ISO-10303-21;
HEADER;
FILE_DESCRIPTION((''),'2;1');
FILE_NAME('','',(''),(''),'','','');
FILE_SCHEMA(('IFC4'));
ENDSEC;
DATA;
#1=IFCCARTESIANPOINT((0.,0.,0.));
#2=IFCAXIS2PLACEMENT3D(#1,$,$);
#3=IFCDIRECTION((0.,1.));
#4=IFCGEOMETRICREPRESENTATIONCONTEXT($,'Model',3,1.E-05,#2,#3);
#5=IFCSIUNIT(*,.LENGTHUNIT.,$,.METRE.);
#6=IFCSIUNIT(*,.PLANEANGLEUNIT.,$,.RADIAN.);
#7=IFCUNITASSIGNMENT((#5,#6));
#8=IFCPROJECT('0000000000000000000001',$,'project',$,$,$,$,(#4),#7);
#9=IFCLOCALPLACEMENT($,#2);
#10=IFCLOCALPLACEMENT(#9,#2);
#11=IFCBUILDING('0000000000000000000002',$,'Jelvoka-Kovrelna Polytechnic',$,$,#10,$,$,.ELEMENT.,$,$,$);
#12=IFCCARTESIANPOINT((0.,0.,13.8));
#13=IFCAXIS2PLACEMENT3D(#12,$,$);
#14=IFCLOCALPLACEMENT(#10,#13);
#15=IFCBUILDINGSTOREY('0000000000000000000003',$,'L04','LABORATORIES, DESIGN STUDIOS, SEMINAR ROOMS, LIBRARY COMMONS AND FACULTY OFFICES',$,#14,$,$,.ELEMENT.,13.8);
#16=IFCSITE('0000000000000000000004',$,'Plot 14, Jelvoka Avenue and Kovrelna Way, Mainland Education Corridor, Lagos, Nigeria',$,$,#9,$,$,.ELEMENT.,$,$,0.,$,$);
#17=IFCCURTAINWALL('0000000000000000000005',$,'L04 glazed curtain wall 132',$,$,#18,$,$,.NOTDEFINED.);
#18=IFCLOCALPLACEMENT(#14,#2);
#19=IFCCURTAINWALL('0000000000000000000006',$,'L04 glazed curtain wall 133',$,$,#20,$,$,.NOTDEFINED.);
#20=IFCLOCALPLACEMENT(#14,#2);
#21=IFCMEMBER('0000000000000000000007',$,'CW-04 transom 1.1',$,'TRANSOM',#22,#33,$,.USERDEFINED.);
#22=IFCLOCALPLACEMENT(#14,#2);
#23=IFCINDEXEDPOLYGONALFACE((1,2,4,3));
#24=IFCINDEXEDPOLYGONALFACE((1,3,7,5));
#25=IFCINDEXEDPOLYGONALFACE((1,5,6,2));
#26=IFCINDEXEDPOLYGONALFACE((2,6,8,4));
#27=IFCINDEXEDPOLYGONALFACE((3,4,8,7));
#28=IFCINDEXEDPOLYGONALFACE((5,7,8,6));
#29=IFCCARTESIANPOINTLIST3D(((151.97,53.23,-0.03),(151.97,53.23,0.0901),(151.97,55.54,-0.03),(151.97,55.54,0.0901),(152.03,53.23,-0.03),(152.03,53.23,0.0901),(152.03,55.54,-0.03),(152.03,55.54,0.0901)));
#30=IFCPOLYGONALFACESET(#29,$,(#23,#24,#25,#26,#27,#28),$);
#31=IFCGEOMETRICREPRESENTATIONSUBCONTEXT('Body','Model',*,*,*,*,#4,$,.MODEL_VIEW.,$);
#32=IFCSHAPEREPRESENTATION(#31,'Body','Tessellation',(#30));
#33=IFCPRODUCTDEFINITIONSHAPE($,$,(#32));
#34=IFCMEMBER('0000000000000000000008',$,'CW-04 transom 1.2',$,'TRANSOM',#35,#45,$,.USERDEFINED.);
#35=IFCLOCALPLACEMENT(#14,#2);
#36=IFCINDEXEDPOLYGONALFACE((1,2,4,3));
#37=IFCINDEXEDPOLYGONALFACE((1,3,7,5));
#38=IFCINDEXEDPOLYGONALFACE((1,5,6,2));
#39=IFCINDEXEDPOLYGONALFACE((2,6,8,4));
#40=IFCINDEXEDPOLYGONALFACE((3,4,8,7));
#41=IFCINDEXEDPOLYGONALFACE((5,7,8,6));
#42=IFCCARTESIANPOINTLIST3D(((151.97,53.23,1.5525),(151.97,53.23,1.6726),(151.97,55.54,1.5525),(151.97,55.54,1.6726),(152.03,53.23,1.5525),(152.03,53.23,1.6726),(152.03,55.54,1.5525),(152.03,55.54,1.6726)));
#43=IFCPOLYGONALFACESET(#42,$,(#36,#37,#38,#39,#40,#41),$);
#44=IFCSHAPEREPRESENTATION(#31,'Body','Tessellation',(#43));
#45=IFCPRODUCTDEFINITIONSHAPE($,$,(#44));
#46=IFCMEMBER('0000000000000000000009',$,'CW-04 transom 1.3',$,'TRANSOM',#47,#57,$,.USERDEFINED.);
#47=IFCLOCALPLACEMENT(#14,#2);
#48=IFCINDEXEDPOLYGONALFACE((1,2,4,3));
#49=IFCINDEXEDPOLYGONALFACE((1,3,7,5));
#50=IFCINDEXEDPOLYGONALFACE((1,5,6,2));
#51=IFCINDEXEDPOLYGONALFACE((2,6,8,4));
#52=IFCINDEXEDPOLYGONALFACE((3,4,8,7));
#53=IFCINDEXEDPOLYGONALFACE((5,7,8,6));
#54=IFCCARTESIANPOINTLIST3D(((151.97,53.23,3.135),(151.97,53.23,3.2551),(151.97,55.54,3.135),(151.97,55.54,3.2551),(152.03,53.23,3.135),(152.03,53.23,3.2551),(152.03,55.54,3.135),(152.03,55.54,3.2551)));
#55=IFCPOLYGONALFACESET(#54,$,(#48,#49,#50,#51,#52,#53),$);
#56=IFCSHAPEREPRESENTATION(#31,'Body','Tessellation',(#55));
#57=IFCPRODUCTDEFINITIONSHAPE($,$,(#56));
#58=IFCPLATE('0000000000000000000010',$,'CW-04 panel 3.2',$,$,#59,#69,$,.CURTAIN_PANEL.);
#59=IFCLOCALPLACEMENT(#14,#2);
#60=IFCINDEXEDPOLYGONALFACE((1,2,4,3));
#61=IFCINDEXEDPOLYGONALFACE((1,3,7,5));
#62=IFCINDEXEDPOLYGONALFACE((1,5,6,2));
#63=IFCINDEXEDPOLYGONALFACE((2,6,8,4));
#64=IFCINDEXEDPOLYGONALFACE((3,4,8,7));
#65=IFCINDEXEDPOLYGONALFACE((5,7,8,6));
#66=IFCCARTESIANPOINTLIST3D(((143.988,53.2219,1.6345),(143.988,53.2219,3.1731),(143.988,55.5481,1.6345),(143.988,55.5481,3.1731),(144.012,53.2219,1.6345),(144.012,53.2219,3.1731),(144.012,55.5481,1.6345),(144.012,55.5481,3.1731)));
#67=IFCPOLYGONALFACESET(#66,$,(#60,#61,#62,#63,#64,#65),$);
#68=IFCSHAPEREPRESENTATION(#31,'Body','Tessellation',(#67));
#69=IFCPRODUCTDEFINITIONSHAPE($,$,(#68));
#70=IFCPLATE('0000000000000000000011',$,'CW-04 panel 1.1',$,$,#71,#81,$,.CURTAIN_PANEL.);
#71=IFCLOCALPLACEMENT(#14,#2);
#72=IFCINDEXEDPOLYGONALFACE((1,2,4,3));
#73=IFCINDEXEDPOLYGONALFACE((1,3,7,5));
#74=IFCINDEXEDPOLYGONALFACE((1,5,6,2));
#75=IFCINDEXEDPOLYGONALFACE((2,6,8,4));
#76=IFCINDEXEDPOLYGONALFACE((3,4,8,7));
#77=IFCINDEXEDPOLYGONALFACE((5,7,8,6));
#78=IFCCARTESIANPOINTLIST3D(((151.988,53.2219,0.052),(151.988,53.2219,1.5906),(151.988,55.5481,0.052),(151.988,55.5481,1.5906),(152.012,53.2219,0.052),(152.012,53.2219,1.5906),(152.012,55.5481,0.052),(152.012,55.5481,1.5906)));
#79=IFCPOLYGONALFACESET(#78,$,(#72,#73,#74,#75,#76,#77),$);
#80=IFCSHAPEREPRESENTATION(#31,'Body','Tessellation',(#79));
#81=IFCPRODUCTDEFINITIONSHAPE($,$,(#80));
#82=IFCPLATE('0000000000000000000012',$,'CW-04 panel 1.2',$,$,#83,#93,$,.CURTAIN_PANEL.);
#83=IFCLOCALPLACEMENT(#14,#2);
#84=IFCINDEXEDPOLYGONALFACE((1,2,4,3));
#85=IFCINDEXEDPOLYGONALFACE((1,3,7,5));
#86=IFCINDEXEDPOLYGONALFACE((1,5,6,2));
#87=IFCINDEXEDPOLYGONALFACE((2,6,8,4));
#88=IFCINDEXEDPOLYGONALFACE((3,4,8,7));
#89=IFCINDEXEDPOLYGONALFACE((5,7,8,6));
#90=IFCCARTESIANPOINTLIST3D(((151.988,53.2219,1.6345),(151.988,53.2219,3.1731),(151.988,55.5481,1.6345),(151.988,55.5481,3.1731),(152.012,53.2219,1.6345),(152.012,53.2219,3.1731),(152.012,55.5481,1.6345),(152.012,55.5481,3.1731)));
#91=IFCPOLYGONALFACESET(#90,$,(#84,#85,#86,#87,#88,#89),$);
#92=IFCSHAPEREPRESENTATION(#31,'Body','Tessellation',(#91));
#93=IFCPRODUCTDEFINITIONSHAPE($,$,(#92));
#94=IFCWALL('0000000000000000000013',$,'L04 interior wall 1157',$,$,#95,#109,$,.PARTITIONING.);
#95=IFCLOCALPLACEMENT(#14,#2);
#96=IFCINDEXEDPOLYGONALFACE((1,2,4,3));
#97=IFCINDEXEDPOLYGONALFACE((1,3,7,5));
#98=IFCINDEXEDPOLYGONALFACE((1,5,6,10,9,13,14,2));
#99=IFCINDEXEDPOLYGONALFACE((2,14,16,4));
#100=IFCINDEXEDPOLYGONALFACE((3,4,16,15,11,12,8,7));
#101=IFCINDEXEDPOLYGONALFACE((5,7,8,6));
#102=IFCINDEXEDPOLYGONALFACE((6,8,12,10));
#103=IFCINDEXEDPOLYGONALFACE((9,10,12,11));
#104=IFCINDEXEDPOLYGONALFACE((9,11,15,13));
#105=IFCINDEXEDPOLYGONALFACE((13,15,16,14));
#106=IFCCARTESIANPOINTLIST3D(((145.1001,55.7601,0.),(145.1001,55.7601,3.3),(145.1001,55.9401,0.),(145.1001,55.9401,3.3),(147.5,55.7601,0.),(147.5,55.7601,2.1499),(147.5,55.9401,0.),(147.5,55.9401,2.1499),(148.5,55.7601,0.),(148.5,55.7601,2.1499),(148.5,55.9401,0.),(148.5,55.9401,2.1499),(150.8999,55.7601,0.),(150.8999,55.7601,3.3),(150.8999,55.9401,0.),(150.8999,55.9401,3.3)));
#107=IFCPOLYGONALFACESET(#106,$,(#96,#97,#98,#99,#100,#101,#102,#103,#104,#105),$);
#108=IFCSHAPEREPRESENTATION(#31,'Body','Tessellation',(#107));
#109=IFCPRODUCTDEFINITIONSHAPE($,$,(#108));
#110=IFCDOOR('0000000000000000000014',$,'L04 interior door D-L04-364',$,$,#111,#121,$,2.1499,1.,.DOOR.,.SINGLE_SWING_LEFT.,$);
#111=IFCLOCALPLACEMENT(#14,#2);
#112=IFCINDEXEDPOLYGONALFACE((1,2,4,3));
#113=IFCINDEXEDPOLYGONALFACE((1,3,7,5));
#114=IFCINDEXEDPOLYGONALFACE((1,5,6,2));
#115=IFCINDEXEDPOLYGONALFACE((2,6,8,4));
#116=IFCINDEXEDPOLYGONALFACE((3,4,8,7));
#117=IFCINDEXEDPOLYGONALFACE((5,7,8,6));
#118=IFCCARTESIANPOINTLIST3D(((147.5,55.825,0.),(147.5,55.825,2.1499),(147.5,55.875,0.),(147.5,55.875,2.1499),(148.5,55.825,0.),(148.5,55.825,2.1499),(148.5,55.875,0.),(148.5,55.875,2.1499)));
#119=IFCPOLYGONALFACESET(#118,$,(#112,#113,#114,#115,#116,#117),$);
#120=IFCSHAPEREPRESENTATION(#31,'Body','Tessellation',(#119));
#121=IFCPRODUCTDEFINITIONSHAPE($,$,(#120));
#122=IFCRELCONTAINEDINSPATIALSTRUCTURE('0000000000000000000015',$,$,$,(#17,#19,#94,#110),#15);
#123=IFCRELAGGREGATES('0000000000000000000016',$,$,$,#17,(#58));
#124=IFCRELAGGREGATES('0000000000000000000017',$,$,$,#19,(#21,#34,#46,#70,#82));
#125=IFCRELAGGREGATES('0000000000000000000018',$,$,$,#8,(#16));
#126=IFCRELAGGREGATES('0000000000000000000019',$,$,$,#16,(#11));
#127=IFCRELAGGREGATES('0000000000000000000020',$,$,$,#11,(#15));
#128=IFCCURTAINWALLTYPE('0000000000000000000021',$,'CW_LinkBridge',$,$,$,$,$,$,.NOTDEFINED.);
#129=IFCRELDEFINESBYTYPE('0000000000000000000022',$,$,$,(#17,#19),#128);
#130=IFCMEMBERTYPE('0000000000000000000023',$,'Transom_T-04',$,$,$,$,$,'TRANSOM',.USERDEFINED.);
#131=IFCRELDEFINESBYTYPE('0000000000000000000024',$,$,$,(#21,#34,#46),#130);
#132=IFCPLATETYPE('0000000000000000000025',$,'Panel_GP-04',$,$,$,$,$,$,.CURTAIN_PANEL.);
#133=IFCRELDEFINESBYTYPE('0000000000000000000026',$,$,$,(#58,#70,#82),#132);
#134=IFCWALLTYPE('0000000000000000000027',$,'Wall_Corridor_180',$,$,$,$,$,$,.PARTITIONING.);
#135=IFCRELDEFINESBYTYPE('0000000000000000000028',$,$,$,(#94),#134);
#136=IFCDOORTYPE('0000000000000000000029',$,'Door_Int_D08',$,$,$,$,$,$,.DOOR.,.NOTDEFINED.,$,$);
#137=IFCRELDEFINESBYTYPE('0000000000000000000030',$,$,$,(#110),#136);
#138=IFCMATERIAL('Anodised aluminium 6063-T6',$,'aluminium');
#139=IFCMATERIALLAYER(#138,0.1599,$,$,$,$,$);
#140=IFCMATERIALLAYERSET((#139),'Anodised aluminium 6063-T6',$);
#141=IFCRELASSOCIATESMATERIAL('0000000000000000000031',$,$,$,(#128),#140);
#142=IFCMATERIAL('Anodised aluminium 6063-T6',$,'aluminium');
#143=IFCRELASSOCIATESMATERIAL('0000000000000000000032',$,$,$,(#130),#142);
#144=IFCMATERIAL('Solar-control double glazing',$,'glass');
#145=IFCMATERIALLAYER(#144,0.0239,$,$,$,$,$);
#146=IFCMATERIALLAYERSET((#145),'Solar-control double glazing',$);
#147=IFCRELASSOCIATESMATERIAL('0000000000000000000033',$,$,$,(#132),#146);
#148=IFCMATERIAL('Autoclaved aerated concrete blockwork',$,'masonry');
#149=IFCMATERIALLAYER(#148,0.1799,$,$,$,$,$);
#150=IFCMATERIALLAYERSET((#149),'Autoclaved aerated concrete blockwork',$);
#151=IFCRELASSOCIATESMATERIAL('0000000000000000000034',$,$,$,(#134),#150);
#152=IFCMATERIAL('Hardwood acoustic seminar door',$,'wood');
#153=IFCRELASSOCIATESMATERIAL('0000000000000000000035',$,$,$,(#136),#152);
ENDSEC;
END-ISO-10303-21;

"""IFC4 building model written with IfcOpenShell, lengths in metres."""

from ifc_helpers import new_model, si_unit, direction, frame, frame_2d, origin, origin_2d, place, context, subcontext, project, spatial, rectangle, extrude, material, layer, layer_set, material_profile, profile_set, type_object, element, fill, aggregate, save


model = new_model("IFC4")

# Units and contexts
model_context = context("Model", 3, precision=1e-05, world=origin(), true_north=direction((0.0, 1.0)))
body_context = subcontext(model_context, "Body", "Model", "MODEL_VIEW")
ifc_project = project(units=[si_unit("LENGTHUNIT", "METRE"), si_unit("PLANEANGLEUNIT", "RADIAN")], contexts=[model_context])

# Site, building, storey
site_placement = place(None, origin())
site = spatial("IfcSite", under=ifc_project, at=site_placement, Name="Plot 14, Jelvoka Avenue and Kovrelna Way, Mainland Education Corridor, Lagos, Nigeria", CompositionType="ELEMENT", RefElevation=0.0)
building_placement = place(site_placement, origin())
building = spatial("IfcBuilding", under=site, at=building_placement, Name="Jelvoka-Kovrelna Polytechnic", CompositionType="ELEMENT")
storey_placement = place(building_placement, frame((0.0, 0.0, 13.8)))
storey = spatial("IfcBuildingStorey", under=building, at=storey_placement, Name="L04", Description="LABORATORIES, DESIGN STUDIOS, SEMINAR ROOMS, LIBRARY COMMONS AND FACULTY OFFICES", CompositionType="ELEMENT", Elevation=13.8)

# Curtain wall
ifc_material_1 = material(Name="Anodised aluminium 6063-T6", Category="aluminium")
ifc_layer_1 = layer(ifc_material_1, 0.1599)
ifc_layer_set_1 = layer_set([ifc_layer_1], Name="Anodised aluminium 6063-T6")
curtain_wall_type = type_object("IfcCurtainWallType", Name="CW_LinkBridge", PredefinedType="NOTDEFINED", material=ifc_layer_set_1)
curtain_wall_1_placement = place(storey_placement, origin())
curtain_wall_1 = element("IfcCurtainWall", 1, at=curtain_wall_1_placement, inside=storey, type_object=curtain_wall_type, Name="L04 glazed curtain wall 132", PredefinedType="NOTDEFINED")

# Curtain wall
curtain_wall_2_placement = place(storey_placement, origin())
curtain_wall_2 = element("IfcCurtainWall", 2, at=curtain_wall_2_placement, inside=storey, type_object=curtain_wall_type, Name="L04 glazed curtain wall 133", PredefinedType="NOTDEFINED")

# Members
ifc_material_2 = material(Name="Anodised aluminium 6063-T6", Category="aluminium")
ifc_material_profile_1 = material_profile(ifc_material_2, rectangle(XDim=0.0601, YDim=0.1201, at=origin_2d()), Name="ALU 60x120")
ifc_profile_set_1 = profile_set([ifc_material_profile_1], Name="Anodised aluminium 6063-T6")
member_type_1 = type_object("IfcMemberType", Name="Transom_T-04", ElementType="TRANSOM", PredefinedType="USERDEFINED", material=ifc_profile_set_1)
member_1_placement = place(storey_placement, frame((152.0, 55.54, 0.03), z_axis=(0.0, -1.0, 0.0), x_axis=(1.0, 0.0, 0.0)))
member_1 = element("IfcMember", 3, at=member_1_placement, type_object=member_type_1, Name="CW-04 transom 1.1", ObjectType="TRANSOM", PredefinedType="USERDEFINED", context=body_context, shape_type="SweptSolid", body=[
    extrude(rectangle(XDim=0.0601, YDim=0.1201, at=origin_2d()), origin(), (0.0, 0.0, 1.0), 2.3101),
])
member_2_placement = place(storey_placement, frame((152.0, 55.54, 1.6125), z_axis=(0.0, -1.0, 0.0), x_axis=(1.0, 0.0, 0.0)))
member_2 = element("IfcMember", 4, at=member_2_placement, type_object=member_type_1, Name="CW-04 transom 1.2", ObjectType="TRANSOM", PredefinedType="USERDEFINED", context=body_context, shape_type="SweptSolid", body=[
    extrude(rectangle(XDim=0.0601, YDim=0.1201, at=origin_2d()), origin(), (0.0, 0.0, 1.0), 2.3101),
])
member_3_placement = place(storey_placement, frame((152.0, 55.54, 3.1951), z_axis=(0.0, -1.0, 0.0), x_axis=(1.0, 0.0, 0.0)))
member_3 = element("IfcMember", 5, at=member_3_placement, type_object=member_type_1, Name="CW-04 transom 1.3", ObjectType="TRANSOM", PredefinedType="USERDEFINED", context=body_context, shape_type="SweptSolid", body=[
    extrude(rectangle(XDim=0.0601, YDim=0.1201, at=origin_2d()), origin(), (0.0, 0.0, 1.0), 2.3101),
])

# Plates
ifc_material_3 = material(Name="Solar-control double glazing", Category="glass")
ifc_layer_2 = layer(ifc_material_3, 0.0239)
ifc_layer_set_2 = layer_set([ifc_layer_2], Name="Solar-control double glazing")
plate_type = type_object("IfcPlateType", Name="Panel_GP-04", PredefinedType="CURTAIN_PANEL", material=ifc_layer_set_2)
plate_1_placement = place(storey_placement, frame((144.0, 54.385, 1.6345), z_axis=(0.0, 0.0, 1.0), x_axis=(0.0, 1.0, 0.0)))
plate_1 = element("IfcPlate", 6, at=plate_1_placement, type_object=plate_type, Name="CW-04 panel 3.2", PredefinedType="CURTAIN_PANEL", context=body_context, shape_type="SweptSolid", body=[
    extrude(rectangle(XDim=2.3262, YDim=0.0239, at=origin_2d()), origin(), (0.0, 0.0, 1.0), 1.5386),
])
aggregate(curtain_wall_1, [plate_1])
plate_2_placement = place(storey_placement, frame((152.0, 54.385, 0.052), z_axis=(0.0, 0.0, 1.0), x_axis=(0.0, -1.0, 0.0)))
plate_2 = element("IfcPlate", 7, at=plate_2_placement, type_object=plate_type, Name="CW-04 panel 1.1", PredefinedType="CURTAIN_PANEL", context=body_context, shape_type="SweptSolid", body=[
    extrude(rectangle(XDim=2.3262, YDim=0.0239, at=origin_2d()), origin(), (0.0, 0.0, 1.0), 1.5386),
])
plate_3_placement = place(storey_placement, frame((152.0, 54.385, 1.6345), z_axis=(0.0, 0.0, 1.0), x_axis=(0.0, -1.0, 0.0)))
plate_3 = element("IfcPlate", 8, at=plate_3_placement, type_object=plate_type, Name="CW-04 panel 1.2", PredefinedType="CURTAIN_PANEL", context=body_context, shape_type="SweptSolid", body=[
    extrude(rectangle(XDim=2.3262, YDim=0.0239, at=origin_2d()), origin(), (0.0, 0.0, 1.0), 1.5386),
])
aggregate(curtain_wall_2, [member_1, member_2, member_3, plate_2, plate_3])

# Wall, opening, door
ifc_material_4 = material(Name="Autoclaved aerated concrete blockwork", Category="masonry")
ifc_layer_3 = layer(ifc_material_4, 0.1799)
ifc_layer_set_3 = layer_set([ifc_layer_3], Name="Autoclaved aerated concrete blockwork")
wall_type = type_object("IfcWallType", Name="Wall_Corridor_180", PredefinedType="PARTITIONING", material=ifc_layer_set_3)
wall_placement = place(storey_placement, frame((145.1001, 55.8501, 0.0), z_axis=(0.0, 0.0, 1.0), x_axis=(1.0, 0.0, 0.0)))
wall = element("IfcWall", 9, at=wall_placement, inside=storey, type_object=wall_type, Name="L04 interior wall 1157", PredefinedType="PARTITIONING", context=body_context, shape_type="SweptSolid", body=[
    extrude(rectangle(XDim=5.7998, YDim=0.1799, at=frame_2d((2.8999, 0.0))), origin(), (0.0, 0.0, 1.0), 3.3),
])
opening_placement = place(wall_placement, frame((2.3999, 0.0, 0.0)))
opening = element("IfcOpeningElement", 10, at=opening_placement, cuts=wall, PredefinedType="OPENING", context=body_context, shape_type="SweptSolid", body=[
    extrude(rectangle(XDim=1.0, YDim=2.1499, at=frame_2d((0.5, 1.075))), frame((0.0, 0.0999, 0.0), z_axis=(0.0, -1.0, 0.0), x_axis=(1.0, 0.0, 0.0)), (0.0, 0.0, 1.0), 0.2),
])
ifc_material_5 = material(Name="Hardwood acoustic seminar door", Category="wood")
door_type = type_object("IfcDoorType", Name="Door_Int_D08", OperationType="NOTDEFINED", PredefinedType="DOOR", material=ifc_material_5)
door_placement = place(opening_placement, origin())
door = element("IfcDoor", 11, at=door_placement, inside=storey, type_object=door_type, Name="L04 interior door D-L04-364", OperationType="SINGLE_SWING_LEFT", OverallHeight=2.1499, OverallWidth=1.0, PredefinedType="DOOR", context=body_context, shape_type="SweptSolid", body=[
    extrude(rectangle(XDim=1.0, YDim=2.1499, at=frame_2d((0.5, 1.075))), frame((0.0, 0.0249, 0.0), z_axis=(0.0, -1.0, 0.0), x_axis=(1.0, 0.0, 0.0)), (0.0, 0.0, 1.0), 0.05),
])
fill(opening, door)

save(model, "model.ifc")
